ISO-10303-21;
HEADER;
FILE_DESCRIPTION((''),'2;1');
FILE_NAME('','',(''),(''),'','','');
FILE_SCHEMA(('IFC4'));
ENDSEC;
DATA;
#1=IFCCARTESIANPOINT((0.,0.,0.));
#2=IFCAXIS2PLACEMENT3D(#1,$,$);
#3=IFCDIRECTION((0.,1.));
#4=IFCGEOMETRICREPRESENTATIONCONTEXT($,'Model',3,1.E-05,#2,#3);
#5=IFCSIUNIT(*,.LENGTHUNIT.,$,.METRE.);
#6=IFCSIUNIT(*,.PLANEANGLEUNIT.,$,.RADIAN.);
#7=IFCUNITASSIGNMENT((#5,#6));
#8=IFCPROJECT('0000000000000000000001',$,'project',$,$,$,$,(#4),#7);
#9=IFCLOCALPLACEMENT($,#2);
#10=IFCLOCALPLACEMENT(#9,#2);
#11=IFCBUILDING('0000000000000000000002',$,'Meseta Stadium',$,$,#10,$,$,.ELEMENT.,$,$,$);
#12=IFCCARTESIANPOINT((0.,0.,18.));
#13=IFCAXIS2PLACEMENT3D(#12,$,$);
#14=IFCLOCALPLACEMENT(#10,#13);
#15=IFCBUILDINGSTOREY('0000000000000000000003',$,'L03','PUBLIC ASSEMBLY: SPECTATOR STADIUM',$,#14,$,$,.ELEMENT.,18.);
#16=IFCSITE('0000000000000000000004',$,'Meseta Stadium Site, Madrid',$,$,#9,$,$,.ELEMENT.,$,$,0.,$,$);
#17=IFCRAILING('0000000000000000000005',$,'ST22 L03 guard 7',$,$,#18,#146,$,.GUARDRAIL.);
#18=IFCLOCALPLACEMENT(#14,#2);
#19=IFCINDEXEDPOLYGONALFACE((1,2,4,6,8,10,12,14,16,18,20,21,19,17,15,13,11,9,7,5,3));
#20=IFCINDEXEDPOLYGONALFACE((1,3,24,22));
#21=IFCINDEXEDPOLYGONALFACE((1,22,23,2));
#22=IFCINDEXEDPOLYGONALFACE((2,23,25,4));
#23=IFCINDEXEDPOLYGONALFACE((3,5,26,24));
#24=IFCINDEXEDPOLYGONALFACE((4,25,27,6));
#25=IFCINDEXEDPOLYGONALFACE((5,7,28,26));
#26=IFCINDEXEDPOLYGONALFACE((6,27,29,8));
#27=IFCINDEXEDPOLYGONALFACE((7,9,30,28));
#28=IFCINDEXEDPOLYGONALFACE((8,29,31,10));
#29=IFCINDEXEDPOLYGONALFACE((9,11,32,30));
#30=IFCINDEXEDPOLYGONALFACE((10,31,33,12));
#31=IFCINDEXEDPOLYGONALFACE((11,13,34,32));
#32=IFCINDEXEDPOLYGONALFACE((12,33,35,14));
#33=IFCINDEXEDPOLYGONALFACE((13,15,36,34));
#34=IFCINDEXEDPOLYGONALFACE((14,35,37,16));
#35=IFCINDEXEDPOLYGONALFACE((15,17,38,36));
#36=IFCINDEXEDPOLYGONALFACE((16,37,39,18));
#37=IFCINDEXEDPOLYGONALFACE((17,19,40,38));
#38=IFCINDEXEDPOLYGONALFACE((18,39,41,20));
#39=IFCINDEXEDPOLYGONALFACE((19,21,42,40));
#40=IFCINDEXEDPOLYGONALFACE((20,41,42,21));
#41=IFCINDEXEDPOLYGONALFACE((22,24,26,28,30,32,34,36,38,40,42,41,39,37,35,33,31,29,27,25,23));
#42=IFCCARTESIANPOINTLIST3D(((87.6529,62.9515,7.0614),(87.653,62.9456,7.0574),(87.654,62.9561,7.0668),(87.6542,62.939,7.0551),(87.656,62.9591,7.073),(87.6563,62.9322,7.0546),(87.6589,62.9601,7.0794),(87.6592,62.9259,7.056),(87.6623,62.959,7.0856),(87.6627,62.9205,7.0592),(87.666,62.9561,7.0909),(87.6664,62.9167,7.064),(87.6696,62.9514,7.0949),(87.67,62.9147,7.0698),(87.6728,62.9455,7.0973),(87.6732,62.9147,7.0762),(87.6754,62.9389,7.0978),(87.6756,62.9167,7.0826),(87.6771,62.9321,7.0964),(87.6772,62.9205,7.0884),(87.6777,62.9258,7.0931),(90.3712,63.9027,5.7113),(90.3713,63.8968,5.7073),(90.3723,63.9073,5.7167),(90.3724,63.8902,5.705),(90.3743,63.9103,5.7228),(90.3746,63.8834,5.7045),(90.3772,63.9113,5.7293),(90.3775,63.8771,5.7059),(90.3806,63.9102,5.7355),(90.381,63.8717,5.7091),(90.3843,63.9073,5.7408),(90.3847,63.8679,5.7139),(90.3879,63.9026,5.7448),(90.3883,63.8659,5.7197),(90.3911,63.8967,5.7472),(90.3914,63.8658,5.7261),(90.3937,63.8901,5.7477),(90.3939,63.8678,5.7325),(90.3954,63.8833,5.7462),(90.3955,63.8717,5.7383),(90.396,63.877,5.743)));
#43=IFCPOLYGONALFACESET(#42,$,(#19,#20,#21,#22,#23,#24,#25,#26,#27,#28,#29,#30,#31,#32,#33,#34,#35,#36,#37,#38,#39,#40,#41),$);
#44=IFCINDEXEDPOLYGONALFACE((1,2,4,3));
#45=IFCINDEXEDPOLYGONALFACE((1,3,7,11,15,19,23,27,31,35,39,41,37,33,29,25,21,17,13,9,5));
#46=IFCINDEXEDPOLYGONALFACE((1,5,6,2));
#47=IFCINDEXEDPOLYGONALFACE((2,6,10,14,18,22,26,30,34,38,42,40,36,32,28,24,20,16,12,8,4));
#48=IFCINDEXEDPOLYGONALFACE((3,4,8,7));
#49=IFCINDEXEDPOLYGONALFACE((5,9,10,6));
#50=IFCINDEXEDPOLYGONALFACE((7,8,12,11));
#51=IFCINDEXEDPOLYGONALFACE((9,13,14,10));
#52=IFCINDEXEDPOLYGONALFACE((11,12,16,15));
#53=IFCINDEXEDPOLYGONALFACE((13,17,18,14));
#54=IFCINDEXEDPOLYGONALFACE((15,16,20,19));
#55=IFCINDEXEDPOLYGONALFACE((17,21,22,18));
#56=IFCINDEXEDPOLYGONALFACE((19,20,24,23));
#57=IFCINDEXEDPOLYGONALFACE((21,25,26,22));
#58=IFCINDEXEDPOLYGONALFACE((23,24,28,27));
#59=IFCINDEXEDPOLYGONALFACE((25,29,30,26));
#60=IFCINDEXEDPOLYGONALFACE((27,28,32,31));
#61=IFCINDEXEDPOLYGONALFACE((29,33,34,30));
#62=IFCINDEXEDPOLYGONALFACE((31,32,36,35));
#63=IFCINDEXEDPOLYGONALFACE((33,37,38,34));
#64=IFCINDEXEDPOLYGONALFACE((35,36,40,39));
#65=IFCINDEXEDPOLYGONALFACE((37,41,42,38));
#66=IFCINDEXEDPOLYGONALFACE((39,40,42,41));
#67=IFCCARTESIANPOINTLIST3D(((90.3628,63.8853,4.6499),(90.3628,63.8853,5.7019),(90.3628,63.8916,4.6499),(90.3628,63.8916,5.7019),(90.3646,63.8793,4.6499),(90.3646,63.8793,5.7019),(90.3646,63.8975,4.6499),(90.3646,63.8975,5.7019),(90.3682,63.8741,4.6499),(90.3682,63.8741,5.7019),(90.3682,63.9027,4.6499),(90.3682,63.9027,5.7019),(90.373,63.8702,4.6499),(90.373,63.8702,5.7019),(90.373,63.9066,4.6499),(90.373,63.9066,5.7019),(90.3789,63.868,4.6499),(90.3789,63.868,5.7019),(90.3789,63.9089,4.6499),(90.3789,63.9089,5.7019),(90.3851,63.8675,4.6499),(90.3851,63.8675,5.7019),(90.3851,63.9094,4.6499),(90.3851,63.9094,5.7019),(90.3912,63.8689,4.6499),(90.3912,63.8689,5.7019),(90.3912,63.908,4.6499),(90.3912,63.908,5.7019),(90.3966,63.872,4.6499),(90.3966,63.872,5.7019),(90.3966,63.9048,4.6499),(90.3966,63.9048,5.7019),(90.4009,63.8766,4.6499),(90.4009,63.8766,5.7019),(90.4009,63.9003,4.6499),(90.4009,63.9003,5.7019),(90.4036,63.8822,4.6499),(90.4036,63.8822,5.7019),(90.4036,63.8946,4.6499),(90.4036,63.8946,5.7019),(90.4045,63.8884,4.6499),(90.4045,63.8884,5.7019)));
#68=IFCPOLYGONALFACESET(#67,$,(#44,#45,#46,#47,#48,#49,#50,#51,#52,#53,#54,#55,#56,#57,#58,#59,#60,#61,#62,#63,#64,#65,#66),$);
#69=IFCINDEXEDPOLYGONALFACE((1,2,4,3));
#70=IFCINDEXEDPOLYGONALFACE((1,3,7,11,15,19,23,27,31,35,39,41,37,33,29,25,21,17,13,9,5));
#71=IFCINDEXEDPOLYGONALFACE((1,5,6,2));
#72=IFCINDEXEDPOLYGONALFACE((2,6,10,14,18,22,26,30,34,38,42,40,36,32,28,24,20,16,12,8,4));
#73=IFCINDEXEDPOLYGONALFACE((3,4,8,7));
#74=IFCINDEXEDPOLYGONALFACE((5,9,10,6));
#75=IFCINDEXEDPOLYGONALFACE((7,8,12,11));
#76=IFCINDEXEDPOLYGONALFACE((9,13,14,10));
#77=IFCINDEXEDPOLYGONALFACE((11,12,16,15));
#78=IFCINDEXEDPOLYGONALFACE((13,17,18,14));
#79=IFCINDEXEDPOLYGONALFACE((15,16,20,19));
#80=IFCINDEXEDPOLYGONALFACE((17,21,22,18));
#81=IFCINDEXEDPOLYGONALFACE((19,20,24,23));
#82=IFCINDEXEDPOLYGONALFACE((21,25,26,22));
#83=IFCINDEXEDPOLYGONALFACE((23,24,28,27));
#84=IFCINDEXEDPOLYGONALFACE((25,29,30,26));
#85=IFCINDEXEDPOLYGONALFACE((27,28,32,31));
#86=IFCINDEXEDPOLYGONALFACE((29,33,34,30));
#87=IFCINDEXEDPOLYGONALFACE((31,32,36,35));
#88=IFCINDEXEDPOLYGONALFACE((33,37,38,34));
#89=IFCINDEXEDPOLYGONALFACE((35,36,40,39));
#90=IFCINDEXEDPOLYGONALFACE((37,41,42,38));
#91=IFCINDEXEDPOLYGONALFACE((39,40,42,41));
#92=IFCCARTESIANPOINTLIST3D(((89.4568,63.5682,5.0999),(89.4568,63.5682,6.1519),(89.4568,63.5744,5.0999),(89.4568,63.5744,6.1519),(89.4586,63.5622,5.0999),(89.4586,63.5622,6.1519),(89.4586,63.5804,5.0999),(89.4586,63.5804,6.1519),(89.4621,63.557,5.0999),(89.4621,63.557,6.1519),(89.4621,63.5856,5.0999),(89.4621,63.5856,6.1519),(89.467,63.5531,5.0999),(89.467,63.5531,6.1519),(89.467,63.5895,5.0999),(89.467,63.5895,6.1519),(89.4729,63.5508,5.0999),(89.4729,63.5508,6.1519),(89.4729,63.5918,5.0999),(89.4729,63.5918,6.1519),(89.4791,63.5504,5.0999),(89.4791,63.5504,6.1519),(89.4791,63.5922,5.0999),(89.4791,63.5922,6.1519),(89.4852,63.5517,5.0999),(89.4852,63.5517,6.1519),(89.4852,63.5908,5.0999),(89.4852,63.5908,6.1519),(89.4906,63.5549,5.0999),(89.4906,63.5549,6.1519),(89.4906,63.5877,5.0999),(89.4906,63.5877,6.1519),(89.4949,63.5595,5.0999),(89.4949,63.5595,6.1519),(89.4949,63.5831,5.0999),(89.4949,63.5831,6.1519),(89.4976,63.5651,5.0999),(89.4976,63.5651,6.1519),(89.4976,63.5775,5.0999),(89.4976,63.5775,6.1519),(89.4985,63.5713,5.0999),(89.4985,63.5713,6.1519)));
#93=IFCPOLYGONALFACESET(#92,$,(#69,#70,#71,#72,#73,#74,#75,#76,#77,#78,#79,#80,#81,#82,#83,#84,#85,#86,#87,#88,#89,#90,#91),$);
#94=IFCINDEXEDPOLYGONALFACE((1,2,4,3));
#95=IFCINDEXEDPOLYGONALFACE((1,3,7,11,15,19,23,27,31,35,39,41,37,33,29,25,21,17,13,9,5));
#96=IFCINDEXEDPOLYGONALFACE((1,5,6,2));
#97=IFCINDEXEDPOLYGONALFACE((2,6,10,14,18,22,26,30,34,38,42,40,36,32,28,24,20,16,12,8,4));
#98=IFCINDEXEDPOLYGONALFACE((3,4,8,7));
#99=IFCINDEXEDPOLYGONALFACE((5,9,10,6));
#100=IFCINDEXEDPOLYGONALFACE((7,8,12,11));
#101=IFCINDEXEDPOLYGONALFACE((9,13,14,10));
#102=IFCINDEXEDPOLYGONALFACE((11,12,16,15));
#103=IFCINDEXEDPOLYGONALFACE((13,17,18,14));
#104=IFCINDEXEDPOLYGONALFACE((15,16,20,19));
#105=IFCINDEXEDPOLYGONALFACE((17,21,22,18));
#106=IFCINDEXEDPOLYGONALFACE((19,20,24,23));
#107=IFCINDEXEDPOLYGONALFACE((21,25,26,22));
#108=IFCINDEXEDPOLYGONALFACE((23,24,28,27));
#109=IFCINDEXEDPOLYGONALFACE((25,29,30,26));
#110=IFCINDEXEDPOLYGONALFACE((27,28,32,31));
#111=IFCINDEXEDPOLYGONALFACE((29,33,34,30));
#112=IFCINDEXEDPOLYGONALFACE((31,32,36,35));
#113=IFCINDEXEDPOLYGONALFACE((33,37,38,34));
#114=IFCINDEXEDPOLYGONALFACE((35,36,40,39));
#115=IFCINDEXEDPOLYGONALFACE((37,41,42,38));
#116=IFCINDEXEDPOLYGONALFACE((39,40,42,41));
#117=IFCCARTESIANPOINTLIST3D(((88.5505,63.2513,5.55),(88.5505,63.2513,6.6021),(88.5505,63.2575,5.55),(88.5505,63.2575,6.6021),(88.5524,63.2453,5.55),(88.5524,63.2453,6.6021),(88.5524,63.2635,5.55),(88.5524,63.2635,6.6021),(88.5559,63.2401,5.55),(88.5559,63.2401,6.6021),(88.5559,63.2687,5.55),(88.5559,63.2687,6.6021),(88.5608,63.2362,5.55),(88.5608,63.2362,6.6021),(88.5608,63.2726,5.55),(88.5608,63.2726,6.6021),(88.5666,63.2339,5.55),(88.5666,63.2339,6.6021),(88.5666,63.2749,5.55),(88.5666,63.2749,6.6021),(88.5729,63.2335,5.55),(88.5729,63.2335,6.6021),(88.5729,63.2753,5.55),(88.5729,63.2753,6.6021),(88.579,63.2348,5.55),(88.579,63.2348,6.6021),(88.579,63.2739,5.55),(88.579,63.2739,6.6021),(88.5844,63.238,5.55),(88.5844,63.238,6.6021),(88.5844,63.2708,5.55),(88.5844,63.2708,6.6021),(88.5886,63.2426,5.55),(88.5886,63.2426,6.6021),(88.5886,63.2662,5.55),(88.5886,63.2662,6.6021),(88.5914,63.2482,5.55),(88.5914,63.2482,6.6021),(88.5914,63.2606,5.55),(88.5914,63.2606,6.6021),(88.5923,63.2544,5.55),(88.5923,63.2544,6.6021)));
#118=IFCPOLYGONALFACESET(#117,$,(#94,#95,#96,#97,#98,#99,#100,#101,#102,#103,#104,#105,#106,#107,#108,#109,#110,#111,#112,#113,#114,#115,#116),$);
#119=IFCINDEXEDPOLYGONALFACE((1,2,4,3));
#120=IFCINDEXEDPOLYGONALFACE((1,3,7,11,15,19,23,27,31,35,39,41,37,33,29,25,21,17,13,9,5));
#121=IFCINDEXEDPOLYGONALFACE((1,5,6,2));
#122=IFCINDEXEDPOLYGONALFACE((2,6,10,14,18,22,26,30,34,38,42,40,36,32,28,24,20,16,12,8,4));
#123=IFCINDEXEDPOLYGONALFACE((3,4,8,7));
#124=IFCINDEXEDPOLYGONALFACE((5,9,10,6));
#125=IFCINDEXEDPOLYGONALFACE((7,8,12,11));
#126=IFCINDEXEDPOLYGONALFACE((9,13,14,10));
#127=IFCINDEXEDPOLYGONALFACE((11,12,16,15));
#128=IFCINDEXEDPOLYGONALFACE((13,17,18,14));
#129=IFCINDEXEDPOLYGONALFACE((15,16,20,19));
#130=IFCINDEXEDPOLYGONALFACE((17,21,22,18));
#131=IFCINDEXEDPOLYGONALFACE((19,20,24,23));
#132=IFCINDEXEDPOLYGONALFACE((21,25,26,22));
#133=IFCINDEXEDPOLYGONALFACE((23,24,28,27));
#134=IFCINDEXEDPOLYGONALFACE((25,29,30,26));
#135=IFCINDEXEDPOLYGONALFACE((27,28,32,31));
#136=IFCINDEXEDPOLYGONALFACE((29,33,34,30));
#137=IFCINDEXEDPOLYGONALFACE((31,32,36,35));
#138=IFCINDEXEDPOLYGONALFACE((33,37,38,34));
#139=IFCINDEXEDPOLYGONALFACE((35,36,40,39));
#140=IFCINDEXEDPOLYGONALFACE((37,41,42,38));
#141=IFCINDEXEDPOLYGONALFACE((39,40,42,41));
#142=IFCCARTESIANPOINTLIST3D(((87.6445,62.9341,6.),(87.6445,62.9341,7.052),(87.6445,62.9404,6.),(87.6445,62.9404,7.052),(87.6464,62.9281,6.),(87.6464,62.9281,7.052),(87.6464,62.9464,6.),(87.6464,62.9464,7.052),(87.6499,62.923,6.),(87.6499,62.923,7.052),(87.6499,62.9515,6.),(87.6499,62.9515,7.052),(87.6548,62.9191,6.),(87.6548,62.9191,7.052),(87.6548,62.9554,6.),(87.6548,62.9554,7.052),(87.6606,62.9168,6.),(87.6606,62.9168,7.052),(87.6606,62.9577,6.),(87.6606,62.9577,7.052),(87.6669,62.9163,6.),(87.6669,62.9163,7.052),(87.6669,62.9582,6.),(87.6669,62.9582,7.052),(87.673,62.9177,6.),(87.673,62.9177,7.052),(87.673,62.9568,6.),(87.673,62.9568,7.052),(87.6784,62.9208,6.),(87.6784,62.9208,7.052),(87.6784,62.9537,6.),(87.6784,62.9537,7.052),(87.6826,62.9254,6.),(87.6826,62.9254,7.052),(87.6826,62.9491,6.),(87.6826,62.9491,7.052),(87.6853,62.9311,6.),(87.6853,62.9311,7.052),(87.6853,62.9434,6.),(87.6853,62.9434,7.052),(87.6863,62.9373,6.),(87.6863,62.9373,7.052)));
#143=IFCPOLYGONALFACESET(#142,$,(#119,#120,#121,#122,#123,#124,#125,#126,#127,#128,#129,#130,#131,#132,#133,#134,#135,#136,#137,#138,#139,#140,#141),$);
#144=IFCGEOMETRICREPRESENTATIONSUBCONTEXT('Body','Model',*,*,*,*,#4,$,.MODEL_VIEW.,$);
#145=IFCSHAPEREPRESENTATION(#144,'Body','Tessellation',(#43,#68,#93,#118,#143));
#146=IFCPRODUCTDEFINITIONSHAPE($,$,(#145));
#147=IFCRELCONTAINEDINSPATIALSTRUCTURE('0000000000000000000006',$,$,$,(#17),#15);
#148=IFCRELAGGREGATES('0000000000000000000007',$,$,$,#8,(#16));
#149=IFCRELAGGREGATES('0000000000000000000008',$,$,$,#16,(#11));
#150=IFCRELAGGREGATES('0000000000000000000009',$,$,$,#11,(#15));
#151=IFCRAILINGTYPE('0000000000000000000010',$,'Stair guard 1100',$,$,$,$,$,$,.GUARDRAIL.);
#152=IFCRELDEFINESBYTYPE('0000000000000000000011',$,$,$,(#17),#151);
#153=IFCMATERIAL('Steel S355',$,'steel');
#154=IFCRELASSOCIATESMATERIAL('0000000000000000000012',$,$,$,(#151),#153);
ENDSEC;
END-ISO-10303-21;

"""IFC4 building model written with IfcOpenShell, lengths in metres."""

from ifc_helpers import new_model, si_unit, direction, frame, origin, origin_2d, place, context, subcontext, project, spatial, circle, extrude, material, type_object, element, save


model = new_model("IFC4")

# Units and contexts
model_context = context("Model", 3, precision=1e-05, world=origin(), true_north=direction((0.0, 1.0)))
body_context = subcontext(model_context, "Body", "Model", "MODEL_VIEW")
ifc_project = project(units=[si_unit("LENGTHUNIT", "METRE"), si_unit("PLANEANGLEUNIT", "RADIAN")], contexts=[model_context])

# Site, building, storey
site_placement = place(None, origin())
site = spatial("IfcSite", under=ifc_project, at=site_placement, Name="Meseta Stadium Site, Madrid", CompositionType="ELEMENT", RefElevation=0.0)
building_placement = place(site_placement, origin())
building = spatial("IfcBuilding", under=site, at=building_placement, Name="Meseta Stadium", CompositionType="ELEMENT")
storey_placement = place(building_placement, frame((0.0, 0.0, 18.0)))
storey = spatial("IfcBuildingStorey", under=building, at=storey_placement, Name="L03", Description="PUBLIC ASSEMBLY: SPECTATOR STADIUM", CompositionType="ELEMENT", Elevation=18.0)

# Railing
ifc_material_1 = material(Name="Steel S355", Category="steel")
railing_type_1 = type_object("IfcRailingType", Name="Stair guard 1100", PredefinedType="GUARDRAIL", material=ifc_material_1)
railing_1_placement = place(storey_placement, frame((90.3835, 63.8884, 4.6499)))
element("IfcRailing", 1, at=railing_1_placement, inside=storey, type_object=railing_type_1, Name="ST22 L03 guard 7", PredefinedType="GUARDRAIL", context=body_context, shape_type="SweptSolid", body=[
    extrude(circle(Radius=0.0239, at=origin_2d()), frame((0.0, 0.0, 1.0762), z_axis=(-0.854629, -0.299051, 0.424474), x_axis=(0.330282, -0.943882, 0.0)), (0.0, 0.0, 1.0), 3.1807),
    extrude(circle(Radius=0.021, at=origin_2d()), origin(), (0.0, 0.0, 1.0), 1.052),
    extrude(circle(Radius=0.021, at=origin_2d()), frame((-0.906, -0.3171, 0.45)), (0.0, 0.0, 1.0), 1.052),
    extrude(circle(Radius=0.021, at=origin_2d()), frame((-1.8123, -0.634, 0.9001)), (0.0, 0.0, 1.0), 1.052),
    extrude(circle(Radius=0.021, at=origin_2d()), frame((-2.7183, -0.9512, 1.3501)), (0.0, 0.0, 1.0), 1.052),
])

save(model, "model.ifc")
